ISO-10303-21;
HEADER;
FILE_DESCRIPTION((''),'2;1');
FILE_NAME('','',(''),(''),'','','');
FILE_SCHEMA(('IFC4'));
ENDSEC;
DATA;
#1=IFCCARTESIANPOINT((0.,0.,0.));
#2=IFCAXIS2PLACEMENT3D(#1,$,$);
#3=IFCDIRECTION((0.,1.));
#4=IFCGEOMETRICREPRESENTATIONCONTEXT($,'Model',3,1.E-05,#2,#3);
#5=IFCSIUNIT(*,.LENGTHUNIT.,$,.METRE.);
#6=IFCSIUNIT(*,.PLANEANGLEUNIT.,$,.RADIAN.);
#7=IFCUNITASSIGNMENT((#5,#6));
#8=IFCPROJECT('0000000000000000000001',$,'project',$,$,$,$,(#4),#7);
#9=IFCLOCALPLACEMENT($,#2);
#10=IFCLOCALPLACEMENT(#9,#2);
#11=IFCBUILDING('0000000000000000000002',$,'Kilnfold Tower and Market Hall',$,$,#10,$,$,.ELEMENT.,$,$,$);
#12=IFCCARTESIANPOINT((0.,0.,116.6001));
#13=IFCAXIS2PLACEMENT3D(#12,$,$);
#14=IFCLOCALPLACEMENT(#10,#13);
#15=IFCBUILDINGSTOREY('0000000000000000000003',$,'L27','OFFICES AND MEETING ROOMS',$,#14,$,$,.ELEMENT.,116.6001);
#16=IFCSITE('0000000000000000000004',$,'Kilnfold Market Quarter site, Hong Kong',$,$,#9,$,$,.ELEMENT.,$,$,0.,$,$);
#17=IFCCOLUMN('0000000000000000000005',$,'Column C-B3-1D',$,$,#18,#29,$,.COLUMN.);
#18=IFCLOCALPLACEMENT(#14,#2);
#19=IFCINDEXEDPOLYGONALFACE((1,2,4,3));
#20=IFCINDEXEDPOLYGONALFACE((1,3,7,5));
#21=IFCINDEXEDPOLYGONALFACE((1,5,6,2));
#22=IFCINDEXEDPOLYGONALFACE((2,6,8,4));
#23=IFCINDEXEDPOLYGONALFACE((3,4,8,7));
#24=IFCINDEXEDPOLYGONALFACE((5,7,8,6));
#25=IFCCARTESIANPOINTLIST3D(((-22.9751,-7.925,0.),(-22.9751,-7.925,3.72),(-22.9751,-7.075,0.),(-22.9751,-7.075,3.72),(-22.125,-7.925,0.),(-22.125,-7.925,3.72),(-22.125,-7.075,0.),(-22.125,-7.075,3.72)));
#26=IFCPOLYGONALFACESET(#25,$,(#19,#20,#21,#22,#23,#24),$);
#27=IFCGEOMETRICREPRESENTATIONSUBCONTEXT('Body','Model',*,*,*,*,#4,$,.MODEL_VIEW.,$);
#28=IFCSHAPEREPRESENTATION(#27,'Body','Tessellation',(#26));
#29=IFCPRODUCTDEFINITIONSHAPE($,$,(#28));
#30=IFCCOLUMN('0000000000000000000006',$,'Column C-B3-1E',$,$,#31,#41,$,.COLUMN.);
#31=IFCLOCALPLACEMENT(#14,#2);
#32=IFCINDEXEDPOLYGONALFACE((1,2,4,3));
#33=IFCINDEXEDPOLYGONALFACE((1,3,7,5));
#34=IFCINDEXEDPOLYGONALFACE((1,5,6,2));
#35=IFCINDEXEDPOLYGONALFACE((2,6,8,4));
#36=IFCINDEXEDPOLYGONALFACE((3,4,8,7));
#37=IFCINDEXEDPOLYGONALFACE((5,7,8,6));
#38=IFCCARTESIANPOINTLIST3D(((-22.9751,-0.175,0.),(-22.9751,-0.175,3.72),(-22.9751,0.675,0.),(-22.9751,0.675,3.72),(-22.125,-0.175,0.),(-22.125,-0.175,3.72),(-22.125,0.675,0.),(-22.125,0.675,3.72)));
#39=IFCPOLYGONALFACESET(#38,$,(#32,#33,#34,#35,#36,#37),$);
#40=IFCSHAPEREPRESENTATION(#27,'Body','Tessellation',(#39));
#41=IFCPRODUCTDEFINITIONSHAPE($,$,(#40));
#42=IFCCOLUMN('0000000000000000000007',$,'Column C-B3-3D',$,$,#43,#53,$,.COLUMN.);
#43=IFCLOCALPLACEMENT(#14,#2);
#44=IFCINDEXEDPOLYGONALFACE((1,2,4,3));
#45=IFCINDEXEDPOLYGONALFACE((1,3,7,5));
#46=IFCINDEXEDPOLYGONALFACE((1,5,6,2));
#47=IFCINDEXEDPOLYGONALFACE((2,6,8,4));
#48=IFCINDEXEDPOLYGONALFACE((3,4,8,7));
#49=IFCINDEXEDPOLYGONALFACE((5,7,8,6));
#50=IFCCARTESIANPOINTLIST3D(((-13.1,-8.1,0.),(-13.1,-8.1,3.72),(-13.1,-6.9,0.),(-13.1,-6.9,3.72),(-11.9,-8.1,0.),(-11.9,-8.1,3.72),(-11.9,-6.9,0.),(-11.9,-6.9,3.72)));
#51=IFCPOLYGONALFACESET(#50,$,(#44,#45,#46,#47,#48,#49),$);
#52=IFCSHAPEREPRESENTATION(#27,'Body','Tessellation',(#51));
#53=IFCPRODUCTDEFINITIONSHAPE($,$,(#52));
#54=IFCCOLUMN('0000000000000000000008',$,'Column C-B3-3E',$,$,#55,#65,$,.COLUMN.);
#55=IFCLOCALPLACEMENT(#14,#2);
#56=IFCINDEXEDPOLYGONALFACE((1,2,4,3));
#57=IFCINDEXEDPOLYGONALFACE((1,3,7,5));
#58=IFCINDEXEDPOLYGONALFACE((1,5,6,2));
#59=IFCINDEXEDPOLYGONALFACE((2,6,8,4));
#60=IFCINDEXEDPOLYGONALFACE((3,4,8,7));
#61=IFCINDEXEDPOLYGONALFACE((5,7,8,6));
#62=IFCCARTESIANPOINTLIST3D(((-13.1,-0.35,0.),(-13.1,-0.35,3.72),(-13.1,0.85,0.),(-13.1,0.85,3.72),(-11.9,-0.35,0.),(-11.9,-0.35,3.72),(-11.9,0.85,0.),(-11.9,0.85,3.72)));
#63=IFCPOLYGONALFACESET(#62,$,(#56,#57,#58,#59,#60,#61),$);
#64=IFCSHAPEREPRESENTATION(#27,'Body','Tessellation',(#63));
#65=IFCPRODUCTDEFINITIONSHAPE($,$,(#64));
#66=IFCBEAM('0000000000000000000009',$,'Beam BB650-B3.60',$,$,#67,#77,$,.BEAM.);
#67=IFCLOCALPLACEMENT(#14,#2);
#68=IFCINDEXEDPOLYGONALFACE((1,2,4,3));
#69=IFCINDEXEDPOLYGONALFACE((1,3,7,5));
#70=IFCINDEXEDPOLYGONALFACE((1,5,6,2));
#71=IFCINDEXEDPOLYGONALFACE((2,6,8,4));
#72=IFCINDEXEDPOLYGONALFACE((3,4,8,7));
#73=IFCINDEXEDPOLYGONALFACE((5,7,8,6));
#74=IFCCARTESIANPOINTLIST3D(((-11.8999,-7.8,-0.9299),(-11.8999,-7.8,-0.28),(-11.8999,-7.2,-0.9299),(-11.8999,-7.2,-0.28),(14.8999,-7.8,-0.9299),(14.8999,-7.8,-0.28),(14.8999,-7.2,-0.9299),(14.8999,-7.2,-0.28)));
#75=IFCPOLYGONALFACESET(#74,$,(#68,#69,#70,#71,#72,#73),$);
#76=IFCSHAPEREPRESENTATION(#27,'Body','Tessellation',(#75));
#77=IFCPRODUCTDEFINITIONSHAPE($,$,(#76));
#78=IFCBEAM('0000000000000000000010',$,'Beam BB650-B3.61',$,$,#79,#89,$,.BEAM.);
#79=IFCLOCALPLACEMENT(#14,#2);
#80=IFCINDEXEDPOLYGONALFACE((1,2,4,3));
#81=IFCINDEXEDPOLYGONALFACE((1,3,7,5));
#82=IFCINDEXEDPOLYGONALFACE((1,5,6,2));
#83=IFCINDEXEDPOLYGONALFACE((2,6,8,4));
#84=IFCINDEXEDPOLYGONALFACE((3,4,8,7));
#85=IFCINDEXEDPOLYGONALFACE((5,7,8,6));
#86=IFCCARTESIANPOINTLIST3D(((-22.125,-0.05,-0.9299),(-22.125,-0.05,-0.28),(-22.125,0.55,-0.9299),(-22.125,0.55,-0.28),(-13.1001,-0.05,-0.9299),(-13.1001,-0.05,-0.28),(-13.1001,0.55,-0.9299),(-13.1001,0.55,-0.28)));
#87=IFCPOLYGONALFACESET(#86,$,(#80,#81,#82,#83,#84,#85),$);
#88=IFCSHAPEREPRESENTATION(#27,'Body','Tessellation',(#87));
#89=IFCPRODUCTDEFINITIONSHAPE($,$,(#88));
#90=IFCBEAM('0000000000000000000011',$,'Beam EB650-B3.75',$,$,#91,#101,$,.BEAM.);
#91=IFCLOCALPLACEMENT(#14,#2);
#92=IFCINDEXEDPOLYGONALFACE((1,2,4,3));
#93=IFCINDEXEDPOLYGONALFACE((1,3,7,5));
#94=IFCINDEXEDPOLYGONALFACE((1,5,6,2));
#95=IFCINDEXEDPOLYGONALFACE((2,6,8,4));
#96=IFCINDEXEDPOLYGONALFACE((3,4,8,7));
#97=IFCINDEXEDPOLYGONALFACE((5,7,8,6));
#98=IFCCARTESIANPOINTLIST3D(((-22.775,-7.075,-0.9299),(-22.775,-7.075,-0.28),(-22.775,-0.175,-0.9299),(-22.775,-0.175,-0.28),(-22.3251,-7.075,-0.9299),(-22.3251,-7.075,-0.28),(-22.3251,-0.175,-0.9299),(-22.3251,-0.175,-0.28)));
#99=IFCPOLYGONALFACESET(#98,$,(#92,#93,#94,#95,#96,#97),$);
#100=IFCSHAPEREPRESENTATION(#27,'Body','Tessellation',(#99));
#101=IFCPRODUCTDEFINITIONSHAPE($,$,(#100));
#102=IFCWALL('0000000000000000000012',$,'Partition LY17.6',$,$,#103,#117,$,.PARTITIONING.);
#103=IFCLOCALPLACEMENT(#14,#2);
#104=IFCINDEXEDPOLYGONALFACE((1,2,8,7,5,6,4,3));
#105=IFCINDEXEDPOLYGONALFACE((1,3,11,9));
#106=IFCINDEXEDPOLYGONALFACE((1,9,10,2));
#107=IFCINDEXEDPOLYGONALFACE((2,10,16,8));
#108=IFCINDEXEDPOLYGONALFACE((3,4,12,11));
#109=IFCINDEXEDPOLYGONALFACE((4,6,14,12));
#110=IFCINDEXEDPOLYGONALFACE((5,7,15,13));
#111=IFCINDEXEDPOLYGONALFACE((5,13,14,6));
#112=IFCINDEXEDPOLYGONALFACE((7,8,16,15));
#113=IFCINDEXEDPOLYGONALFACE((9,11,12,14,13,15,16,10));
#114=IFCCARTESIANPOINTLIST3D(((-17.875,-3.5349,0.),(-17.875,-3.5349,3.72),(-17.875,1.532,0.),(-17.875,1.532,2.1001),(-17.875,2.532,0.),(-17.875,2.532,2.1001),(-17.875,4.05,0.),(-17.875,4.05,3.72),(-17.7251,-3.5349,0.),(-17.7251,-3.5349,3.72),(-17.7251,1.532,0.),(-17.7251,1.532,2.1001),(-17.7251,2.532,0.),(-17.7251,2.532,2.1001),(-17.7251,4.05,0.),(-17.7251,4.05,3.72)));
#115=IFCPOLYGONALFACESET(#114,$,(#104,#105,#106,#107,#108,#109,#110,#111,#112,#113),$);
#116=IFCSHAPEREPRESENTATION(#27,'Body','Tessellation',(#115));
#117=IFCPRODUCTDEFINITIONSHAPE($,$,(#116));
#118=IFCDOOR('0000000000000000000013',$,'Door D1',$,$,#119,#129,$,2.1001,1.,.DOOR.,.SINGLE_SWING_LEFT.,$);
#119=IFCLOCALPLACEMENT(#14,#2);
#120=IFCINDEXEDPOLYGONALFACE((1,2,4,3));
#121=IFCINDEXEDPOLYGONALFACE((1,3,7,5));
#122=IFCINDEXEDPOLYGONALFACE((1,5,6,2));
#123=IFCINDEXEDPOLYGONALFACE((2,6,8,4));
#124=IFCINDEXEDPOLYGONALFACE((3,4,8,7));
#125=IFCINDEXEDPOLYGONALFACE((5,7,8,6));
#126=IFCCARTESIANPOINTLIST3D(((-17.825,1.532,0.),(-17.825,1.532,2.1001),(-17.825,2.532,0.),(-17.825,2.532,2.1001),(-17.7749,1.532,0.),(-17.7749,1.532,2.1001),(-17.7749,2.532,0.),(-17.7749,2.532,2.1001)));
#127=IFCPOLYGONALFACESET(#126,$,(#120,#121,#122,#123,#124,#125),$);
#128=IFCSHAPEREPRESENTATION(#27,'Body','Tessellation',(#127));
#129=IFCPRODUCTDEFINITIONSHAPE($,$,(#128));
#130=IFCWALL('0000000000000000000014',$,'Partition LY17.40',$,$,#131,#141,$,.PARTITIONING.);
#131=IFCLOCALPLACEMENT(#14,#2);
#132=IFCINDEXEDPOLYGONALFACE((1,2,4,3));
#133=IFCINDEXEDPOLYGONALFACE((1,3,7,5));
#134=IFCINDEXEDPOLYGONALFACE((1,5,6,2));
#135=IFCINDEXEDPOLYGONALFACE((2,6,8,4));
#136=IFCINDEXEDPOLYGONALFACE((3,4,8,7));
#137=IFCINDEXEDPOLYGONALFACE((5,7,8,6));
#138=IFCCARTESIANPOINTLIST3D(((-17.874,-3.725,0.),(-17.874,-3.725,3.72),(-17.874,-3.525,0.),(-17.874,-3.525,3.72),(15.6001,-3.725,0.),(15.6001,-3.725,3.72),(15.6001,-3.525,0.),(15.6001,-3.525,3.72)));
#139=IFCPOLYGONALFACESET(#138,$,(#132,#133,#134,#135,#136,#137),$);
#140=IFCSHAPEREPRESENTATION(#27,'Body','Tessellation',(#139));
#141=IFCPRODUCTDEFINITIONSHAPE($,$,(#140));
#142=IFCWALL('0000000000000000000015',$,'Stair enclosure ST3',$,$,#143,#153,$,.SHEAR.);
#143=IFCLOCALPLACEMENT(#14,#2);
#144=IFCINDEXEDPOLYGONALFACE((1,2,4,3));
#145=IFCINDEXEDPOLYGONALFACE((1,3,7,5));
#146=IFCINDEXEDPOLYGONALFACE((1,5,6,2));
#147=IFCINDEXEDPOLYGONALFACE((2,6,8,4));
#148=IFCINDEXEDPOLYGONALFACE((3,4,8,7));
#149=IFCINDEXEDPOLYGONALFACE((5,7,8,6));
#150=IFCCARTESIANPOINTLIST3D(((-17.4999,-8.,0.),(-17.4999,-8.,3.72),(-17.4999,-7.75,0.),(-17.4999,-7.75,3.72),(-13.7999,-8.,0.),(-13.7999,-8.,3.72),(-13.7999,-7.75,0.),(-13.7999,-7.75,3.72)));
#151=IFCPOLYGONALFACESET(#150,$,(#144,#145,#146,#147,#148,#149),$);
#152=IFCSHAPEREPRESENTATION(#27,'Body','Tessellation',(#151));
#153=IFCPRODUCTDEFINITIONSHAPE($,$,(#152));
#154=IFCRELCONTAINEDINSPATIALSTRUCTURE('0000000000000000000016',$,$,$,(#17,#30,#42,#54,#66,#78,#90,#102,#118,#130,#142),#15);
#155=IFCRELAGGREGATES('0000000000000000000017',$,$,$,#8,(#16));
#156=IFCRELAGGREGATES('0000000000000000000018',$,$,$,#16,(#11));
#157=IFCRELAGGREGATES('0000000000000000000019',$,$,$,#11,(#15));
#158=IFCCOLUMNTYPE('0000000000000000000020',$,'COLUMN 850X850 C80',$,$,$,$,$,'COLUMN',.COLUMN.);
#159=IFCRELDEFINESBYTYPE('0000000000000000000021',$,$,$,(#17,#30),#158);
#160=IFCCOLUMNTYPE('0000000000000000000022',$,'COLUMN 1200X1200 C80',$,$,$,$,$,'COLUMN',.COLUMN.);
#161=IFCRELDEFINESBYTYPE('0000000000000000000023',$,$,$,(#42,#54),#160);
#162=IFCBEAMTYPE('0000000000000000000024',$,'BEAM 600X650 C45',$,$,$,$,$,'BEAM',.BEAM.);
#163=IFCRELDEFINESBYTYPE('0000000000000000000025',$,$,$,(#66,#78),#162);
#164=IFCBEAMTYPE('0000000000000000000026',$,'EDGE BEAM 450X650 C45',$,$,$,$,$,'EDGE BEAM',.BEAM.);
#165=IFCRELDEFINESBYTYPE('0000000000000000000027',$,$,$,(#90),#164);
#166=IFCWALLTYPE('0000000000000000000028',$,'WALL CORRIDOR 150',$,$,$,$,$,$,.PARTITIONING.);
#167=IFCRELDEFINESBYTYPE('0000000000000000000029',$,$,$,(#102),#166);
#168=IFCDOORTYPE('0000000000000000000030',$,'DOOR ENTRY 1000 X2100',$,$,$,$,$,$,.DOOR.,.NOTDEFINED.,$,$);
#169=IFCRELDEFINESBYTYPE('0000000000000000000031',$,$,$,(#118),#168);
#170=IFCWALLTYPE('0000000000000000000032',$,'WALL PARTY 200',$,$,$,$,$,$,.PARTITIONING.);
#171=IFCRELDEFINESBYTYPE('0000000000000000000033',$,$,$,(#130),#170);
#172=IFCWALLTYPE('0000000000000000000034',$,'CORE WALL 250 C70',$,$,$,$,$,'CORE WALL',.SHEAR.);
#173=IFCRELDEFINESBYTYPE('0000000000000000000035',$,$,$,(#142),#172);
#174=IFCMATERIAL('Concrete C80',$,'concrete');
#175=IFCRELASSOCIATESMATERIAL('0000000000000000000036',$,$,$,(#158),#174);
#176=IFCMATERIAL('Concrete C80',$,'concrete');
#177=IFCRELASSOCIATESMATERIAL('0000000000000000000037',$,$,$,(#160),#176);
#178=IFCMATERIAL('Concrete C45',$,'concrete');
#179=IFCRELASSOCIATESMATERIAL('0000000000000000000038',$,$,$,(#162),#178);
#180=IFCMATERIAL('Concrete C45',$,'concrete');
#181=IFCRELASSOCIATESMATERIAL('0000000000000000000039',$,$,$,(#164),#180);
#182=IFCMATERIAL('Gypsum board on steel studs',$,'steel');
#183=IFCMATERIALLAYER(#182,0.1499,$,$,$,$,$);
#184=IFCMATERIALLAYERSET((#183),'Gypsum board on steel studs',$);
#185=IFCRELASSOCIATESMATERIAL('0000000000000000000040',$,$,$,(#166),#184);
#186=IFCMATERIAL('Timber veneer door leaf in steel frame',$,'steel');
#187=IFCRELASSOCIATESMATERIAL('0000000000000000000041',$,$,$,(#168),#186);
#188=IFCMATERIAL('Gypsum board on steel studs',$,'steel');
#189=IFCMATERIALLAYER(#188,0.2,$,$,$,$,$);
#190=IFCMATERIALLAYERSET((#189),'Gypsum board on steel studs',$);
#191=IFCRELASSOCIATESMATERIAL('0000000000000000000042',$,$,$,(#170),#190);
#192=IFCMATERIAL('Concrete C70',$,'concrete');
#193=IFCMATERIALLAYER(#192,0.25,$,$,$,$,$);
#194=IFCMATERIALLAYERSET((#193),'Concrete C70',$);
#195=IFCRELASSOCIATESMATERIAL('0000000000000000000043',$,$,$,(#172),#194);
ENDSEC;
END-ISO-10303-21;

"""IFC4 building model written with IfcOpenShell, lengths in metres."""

from ifc_helpers import new_model, si_unit, direction, frame, frame_2d, origin, origin_2d, place, context, subcontext, project, spatial, rectangle, extrude, source, transform, mapped, material, layer, layer_set, material_profile, profile_set, type_object, element, fill, save


model = new_model("IFC4")

# Units and contexts
model_context = context("Model", 3, precision=1e-05, world=origin(), true_north=direction((0.0, 1.0)))
body_context = subcontext(model_context, "Body", "Model", "MODEL_VIEW")
ifc_project = project(units=[si_unit("LENGTHUNIT", "METRE"), si_unit("PLANEANGLEUNIT", "RADIAN")], contexts=[model_context])

# Site, building, storey
site_placement = place(None, origin())
site = spatial("IfcSite", under=ifc_project, at=site_placement, Name="Kilnfold Market Quarter site, Hong Kong", CompositionType="ELEMENT", RefElevation=0.0)
building_placement = place(site_placement, origin())
building = spatial("IfcBuilding", under=site, at=building_placement, Name="Kilnfold Tower and Market Hall", CompositionType="ELEMENT")
storey_placement = place(building_placement, frame((0.0, 0.0, 116.6001)))
storey = spatial("IfcBuildingStorey", under=building, at=storey_placement, Name="L27", Description="OFFICES AND MEETING ROOMS", CompositionType="ELEMENT", Elevation=116.6001)

# Columns
ifc_material_1 = material(Name="Concrete C80", Category="concrete")
ifc_material_profile_1 = material_profile(ifc_material_1, rectangle(XDim=0.8501, YDim=0.8501, at=origin_2d()), Name="RC 850x850")
ifc_profile_set_1 = profile_set([ifc_material_profile_1], Name="Concrete C80")
column_type_1 = type_object("IfcColumnType", Name="COLUMN 850X850 C80", ElementType="COLUMN", PredefinedType="COLUMN", material=ifc_profile_set_1)
shared_shape_1 = source(origin(), body_context, "Body", "SweptSolid", [
    extrude(rectangle(XDim=0.8501, YDim=0.8501, at=origin_2d()), origin(), (0.0, 0.0, 1.0), 3.72),
])
for number, where, z_axis, x_axis, name in (
    (1, (-22.55, -7.5, 0.0), (0.0, 0.0, 1.0), (1.0, 0.0, 0.0), "Column C-B3-1D"),
    (2, (-22.55, 0.25, 0.0), (0.0, 0.0, 1.0), (1.0, 0.0, 0.0), "Column C-B3-1E"),
):
    element("IfcColumn", number, at=place(storey_placement, frame(where, z_axis=z_axis, x_axis=x_axis)), inside=storey, type_object=column_type_1, Name=name, PredefinedType="COLUMN", context=body_context, shape_type="MappedRepresentation", body=[
        mapped(shared_shape_1, transform((0.0, 0.0, 0.0))),
    ])
ifc_material_2 = material(Name="Concrete C80", Category="concrete")
ifc_material_profile_2 = material_profile(ifc_material_2, rectangle(XDim=1.2, YDim=1.2, at=origin_2d()), Name="RC 1200x1200")
ifc_profile_set_2 = profile_set([ifc_material_profile_2], Name="Concrete C80")
column_type_2 = type_object("IfcColumnType", Name="COLUMN 1200X1200 C80", ElementType="COLUMN", PredefinedType="COLUMN", material=ifc_profile_set_2)
shared_shape_2 = source(origin(), body_context, "Body", "SweptSolid", [
    extrude(rectangle(XDim=1.2, YDim=1.2, at=origin_2d()), origin(), (0.0, 0.0, 1.0), 3.72),
])
for number, where, z_axis, x_axis, name in (
    (3, (-12.5, -7.5, 0.0), (0.0, 0.0, 1.0), (1.0, 0.0, 0.0), "Column C-B3-3D"),
    (4, (-12.5, 0.25, 0.0), (0.0, 0.0, 1.0), (1.0, 0.0, 0.0), "Column C-B3-3E"),
):
    element("IfcColumn", number, at=place(storey_placement, frame(where, z_axis=z_axis, x_axis=x_axis)), inside=storey, type_object=column_type_2, Name=name, PredefinedType="COLUMN", context=body_context, shape_type="MappedRepresentation", body=[
        mapped(shared_shape_2, transform((0.0, 0.0, 0.0))),
    ])

# Beams
ifc_material_3 = material(Name="Concrete C45", Category="concrete")
ifc_material_profile_3 = material_profile(ifc_material_3, rectangle(XDim=0.6001, YDim=0.6499, at=origin_2d()), Name="RC 600x650")
ifc_profile_set_3 = profile_set([ifc_material_profile_3], Name="Concrete C45")
beam_type_1 = type_object("IfcBeamType", Name="BEAM 600X650 C45", ElementType="BEAM", PredefinedType="BEAM", material=ifc_profile_set_3)
shared_shape_3 = source(origin(), body_context, "Body", "SweptSolid", [
    extrude(rectangle(XDim=0.6001, YDim=0.6499, at=origin_2d()), origin(), (0.0, 0.0, 1.0), 26.7998),
])
beam_1_placement = place(storey_placement, frame((-11.8999, -7.5, -0.605), z_axis=(1.0, 0.0, 0.0), x_axis=(0.0, 1.0, 0.0)))
element("IfcBeam", 5, at=beam_1_placement, inside=storey, type_object=beam_type_1, Name="Beam BB650-B3.60", PredefinedType="BEAM", context=body_context, shape_type="MappedRepresentation", body=[
    mapped(shared_shape_3, transform((0.0, 0.0, 0.0))),
])
shared_shape_4 = source(origin(), body_context, "Body", "SweptSolid", [
    extrude(rectangle(XDim=0.6001, YDim=0.6499, at=origin_2d()), origin(), (0.0, 0.0, 1.0), 9.0249),
])
beam_2_placement = place(storey_placement, frame((-22.125, 0.25, -0.605), z_axis=(1.0, 0.0, 0.0), x_axis=(0.0, 1.0, 0.0)))
element("IfcBeam", 6, at=beam_2_placement, inside=storey, type_object=beam_type_1, Name="Beam BB650-B3.61", PredefinedType="BEAM", context=body_context, shape_type="MappedRepresentation", body=[
    mapped(shared_shape_4, transform((0.0, 0.0, 0.0))),
])
ifc_material_4 = material(Name="Concrete C45", Category="concrete")
ifc_material_profile_4 = material_profile(ifc_material_4, rectangle(XDim=0.45, YDim=0.6499, at=origin_2d()), Name="RC 450x650")
ifc_profile_set_4 = profile_set([ifc_material_profile_4], Name="Concrete C45")
beam_type_2 = type_object("IfcBeamType", Name="EDGE BEAM 450X650 C45", ElementType="EDGE BEAM", PredefinedType="BEAM", material=ifc_profile_set_4)
shared_shape_5 = source(origin(), body_context, "Body", "SweptSolid", [
    extrude(rectangle(XDim=0.45, YDim=0.6499, at=origin_2d()), origin(), (0.0, 0.0, 1.0), 6.8999),
])
beam_3_placement = place(storey_placement, frame((-22.55, -7.075, -0.605), z_axis=(0.0, 1.0, 0.0), x_axis=(-1.0, 0.0, 0.0)))
element("IfcBeam", 7, at=beam_3_placement, inside=storey, type_object=beam_type_2, Name="Beam EB650-B3.75", PredefinedType="BEAM", context=body_context, shape_type="MappedRepresentation", body=[
    mapped(shared_shape_5, transform((0.0, 0.0, 0.0))),
])

# Wall, opening, door
ifc_material_5 = material(Name="Gypsum board on steel studs", Category="steel")
ifc_layer_1 = layer(ifc_material_5, 0.1499)
ifc_layer_set_1 = layer_set([ifc_layer_1], Name="Gypsum board on steel studs")
wall_type_1 = type_object("IfcWallType", Name="WALL CORRIDOR 150", PredefinedType="PARTITIONING", material=ifc_layer_set_1)
wall_1_placement = place(storey_placement, frame((-17.8, -3.5349, 0.0), z_axis=(0.0, 0.0, 1.0), x_axis=(0.0, 1.0, 0.0)))
wall_1 = element("IfcWall", 8, at=wall_1_placement, inside=storey, type_object=wall_type_1, Name="Partition LY17.6", PredefinedType="PARTITIONING", context=body_context, shape_type="SweptSolid", body=[
    extrude(rectangle(XDim=7.585, YDim=0.1499, at=frame_2d((3.7925, 0.0))), origin(), (0.0, 0.0, 1.0), 3.72),
])
opening_1_placement = place(wall_1_placement, frame((5.0669, 0.0, 0.0)))
opening_1 = element("IfcOpeningElement", 9, at=opening_1_placement, cuts=wall_1, PredefinedType="OPENING", context=body_context, shape_type="SweptSolid", body=[
    extrude(rectangle(XDim=1.0, YDim=2.1001, at=frame_2d((0.5, 1.05))), frame((0.0, 0.085, 0.0), z_axis=(0.0, -1.0, 0.0), x_axis=(1.0, 0.0, 0.0)), (0.0, 0.0, 1.0), 0.1699),
])
ifc_material_6 = material(Name="Timber veneer door leaf in steel frame", Category="steel")
door_type = type_object("IfcDoorType", Name="DOOR ENTRY 1000 X2100", OperationType="NOTDEFINED", PredefinedType="DOOR", material=ifc_material_6)
door_placement = place(opening_1_placement, origin())
door = element("IfcDoor", 10, at=door_placement, inside=storey, type_object=door_type, Name="Door D1", OperationType="SINGLE_SWING_LEFT", OverallHeight=2.1001, OverallWidth=1.0, PredefinedType="DOOR", context=body_context, shape_type="SweptSolid", body=[
    extrude(rectangle(XDim=1.0, YDim=2.1001, at=frame_2d((0.5, 1.05))), frame((0.0, 0.0249, 0.0), z_axis=(0.0, -1.0, 0.0), x_axis=(1.0, 0.0, 0.0)), (0.0, 0.0, 1.0), 0.05),
])
fill(opening_1, door)

# Walls
ifc_material_7 = material(Name="Gypsum board on steel studs", Category="steel")
ifc_layer_2 = layer(ifc_material_7, 0.2)
ifc_layer_set_2 = layer_set([ifc_layer_2], Name="Gypsum board on steel studs")
wall_type_2 = type_object("IfcWallType", Name="WALL PARTY 200", PredefinedType="PARTITIONING", material=ifc_layer_set_2)
wall_2_placement = place(storey_placement, frame((-17.874, -3.625, 0.0), z_axis=(0.0, 0.0, 1.0), x_axis=(1.0, 0.0, 0.0)))
element("IfcWall", 11, at=wall_2_placement, inside=storey, type_object=wall_type_2, Name="Partition LY17.40", PredefinedType="PARTITIONING", context=body_context, shape_type="SweptSolid", body=[
    extrude(rectangle(XDim=33.4741, YDim=0.2, at=frame_2d((16.7371, 0.0))), origin(), (0.0, 0.0, 1.0), 3.72),
])
ifc_material_8 = material(Name="Concrete C70", Category="concrete")
ifc_layer_3 = layer(ifc_material_8, 0.25)
ifc_layer_set_3 = layer_set([ifc_layer_3], Name="Concrete C70")
wall_type_3 = type_object("IfcWallType", Name="CORE WALL 250 C70", ElementType="CORE WALL", PredefinedType="SHEAR", material=ifc_layer_set_3)
shared_shape_6 = source(origin(), body_context, "Body", "SweptSolid", [
    extrude(rectangle(XDim=3.7, YDim=0.25, at=frame_2d((1.8501, 0.0))), origin(), (0.0, 0.0, 1.0), 3.72),
])
wall_3_placement = place(storey_placement, frame((-17.5, -7.875, 0.0), z_axis=(0.0, 0.0, 1.0), x_axis=(1.0, 0.0, 0.0)))
element("IfcWall", 12, at=wall_3_placement, inside=storey, type_object=wall_type_3, Name="Stair enclosure ST3", PredefinedType="SHEAR", context=body_context, shape_type="MappedRepresentation", body=[
    mapped(shared_shape_6, transform((0.0, 0.0, 0.0))),
])

save(model, "model.ifc")
